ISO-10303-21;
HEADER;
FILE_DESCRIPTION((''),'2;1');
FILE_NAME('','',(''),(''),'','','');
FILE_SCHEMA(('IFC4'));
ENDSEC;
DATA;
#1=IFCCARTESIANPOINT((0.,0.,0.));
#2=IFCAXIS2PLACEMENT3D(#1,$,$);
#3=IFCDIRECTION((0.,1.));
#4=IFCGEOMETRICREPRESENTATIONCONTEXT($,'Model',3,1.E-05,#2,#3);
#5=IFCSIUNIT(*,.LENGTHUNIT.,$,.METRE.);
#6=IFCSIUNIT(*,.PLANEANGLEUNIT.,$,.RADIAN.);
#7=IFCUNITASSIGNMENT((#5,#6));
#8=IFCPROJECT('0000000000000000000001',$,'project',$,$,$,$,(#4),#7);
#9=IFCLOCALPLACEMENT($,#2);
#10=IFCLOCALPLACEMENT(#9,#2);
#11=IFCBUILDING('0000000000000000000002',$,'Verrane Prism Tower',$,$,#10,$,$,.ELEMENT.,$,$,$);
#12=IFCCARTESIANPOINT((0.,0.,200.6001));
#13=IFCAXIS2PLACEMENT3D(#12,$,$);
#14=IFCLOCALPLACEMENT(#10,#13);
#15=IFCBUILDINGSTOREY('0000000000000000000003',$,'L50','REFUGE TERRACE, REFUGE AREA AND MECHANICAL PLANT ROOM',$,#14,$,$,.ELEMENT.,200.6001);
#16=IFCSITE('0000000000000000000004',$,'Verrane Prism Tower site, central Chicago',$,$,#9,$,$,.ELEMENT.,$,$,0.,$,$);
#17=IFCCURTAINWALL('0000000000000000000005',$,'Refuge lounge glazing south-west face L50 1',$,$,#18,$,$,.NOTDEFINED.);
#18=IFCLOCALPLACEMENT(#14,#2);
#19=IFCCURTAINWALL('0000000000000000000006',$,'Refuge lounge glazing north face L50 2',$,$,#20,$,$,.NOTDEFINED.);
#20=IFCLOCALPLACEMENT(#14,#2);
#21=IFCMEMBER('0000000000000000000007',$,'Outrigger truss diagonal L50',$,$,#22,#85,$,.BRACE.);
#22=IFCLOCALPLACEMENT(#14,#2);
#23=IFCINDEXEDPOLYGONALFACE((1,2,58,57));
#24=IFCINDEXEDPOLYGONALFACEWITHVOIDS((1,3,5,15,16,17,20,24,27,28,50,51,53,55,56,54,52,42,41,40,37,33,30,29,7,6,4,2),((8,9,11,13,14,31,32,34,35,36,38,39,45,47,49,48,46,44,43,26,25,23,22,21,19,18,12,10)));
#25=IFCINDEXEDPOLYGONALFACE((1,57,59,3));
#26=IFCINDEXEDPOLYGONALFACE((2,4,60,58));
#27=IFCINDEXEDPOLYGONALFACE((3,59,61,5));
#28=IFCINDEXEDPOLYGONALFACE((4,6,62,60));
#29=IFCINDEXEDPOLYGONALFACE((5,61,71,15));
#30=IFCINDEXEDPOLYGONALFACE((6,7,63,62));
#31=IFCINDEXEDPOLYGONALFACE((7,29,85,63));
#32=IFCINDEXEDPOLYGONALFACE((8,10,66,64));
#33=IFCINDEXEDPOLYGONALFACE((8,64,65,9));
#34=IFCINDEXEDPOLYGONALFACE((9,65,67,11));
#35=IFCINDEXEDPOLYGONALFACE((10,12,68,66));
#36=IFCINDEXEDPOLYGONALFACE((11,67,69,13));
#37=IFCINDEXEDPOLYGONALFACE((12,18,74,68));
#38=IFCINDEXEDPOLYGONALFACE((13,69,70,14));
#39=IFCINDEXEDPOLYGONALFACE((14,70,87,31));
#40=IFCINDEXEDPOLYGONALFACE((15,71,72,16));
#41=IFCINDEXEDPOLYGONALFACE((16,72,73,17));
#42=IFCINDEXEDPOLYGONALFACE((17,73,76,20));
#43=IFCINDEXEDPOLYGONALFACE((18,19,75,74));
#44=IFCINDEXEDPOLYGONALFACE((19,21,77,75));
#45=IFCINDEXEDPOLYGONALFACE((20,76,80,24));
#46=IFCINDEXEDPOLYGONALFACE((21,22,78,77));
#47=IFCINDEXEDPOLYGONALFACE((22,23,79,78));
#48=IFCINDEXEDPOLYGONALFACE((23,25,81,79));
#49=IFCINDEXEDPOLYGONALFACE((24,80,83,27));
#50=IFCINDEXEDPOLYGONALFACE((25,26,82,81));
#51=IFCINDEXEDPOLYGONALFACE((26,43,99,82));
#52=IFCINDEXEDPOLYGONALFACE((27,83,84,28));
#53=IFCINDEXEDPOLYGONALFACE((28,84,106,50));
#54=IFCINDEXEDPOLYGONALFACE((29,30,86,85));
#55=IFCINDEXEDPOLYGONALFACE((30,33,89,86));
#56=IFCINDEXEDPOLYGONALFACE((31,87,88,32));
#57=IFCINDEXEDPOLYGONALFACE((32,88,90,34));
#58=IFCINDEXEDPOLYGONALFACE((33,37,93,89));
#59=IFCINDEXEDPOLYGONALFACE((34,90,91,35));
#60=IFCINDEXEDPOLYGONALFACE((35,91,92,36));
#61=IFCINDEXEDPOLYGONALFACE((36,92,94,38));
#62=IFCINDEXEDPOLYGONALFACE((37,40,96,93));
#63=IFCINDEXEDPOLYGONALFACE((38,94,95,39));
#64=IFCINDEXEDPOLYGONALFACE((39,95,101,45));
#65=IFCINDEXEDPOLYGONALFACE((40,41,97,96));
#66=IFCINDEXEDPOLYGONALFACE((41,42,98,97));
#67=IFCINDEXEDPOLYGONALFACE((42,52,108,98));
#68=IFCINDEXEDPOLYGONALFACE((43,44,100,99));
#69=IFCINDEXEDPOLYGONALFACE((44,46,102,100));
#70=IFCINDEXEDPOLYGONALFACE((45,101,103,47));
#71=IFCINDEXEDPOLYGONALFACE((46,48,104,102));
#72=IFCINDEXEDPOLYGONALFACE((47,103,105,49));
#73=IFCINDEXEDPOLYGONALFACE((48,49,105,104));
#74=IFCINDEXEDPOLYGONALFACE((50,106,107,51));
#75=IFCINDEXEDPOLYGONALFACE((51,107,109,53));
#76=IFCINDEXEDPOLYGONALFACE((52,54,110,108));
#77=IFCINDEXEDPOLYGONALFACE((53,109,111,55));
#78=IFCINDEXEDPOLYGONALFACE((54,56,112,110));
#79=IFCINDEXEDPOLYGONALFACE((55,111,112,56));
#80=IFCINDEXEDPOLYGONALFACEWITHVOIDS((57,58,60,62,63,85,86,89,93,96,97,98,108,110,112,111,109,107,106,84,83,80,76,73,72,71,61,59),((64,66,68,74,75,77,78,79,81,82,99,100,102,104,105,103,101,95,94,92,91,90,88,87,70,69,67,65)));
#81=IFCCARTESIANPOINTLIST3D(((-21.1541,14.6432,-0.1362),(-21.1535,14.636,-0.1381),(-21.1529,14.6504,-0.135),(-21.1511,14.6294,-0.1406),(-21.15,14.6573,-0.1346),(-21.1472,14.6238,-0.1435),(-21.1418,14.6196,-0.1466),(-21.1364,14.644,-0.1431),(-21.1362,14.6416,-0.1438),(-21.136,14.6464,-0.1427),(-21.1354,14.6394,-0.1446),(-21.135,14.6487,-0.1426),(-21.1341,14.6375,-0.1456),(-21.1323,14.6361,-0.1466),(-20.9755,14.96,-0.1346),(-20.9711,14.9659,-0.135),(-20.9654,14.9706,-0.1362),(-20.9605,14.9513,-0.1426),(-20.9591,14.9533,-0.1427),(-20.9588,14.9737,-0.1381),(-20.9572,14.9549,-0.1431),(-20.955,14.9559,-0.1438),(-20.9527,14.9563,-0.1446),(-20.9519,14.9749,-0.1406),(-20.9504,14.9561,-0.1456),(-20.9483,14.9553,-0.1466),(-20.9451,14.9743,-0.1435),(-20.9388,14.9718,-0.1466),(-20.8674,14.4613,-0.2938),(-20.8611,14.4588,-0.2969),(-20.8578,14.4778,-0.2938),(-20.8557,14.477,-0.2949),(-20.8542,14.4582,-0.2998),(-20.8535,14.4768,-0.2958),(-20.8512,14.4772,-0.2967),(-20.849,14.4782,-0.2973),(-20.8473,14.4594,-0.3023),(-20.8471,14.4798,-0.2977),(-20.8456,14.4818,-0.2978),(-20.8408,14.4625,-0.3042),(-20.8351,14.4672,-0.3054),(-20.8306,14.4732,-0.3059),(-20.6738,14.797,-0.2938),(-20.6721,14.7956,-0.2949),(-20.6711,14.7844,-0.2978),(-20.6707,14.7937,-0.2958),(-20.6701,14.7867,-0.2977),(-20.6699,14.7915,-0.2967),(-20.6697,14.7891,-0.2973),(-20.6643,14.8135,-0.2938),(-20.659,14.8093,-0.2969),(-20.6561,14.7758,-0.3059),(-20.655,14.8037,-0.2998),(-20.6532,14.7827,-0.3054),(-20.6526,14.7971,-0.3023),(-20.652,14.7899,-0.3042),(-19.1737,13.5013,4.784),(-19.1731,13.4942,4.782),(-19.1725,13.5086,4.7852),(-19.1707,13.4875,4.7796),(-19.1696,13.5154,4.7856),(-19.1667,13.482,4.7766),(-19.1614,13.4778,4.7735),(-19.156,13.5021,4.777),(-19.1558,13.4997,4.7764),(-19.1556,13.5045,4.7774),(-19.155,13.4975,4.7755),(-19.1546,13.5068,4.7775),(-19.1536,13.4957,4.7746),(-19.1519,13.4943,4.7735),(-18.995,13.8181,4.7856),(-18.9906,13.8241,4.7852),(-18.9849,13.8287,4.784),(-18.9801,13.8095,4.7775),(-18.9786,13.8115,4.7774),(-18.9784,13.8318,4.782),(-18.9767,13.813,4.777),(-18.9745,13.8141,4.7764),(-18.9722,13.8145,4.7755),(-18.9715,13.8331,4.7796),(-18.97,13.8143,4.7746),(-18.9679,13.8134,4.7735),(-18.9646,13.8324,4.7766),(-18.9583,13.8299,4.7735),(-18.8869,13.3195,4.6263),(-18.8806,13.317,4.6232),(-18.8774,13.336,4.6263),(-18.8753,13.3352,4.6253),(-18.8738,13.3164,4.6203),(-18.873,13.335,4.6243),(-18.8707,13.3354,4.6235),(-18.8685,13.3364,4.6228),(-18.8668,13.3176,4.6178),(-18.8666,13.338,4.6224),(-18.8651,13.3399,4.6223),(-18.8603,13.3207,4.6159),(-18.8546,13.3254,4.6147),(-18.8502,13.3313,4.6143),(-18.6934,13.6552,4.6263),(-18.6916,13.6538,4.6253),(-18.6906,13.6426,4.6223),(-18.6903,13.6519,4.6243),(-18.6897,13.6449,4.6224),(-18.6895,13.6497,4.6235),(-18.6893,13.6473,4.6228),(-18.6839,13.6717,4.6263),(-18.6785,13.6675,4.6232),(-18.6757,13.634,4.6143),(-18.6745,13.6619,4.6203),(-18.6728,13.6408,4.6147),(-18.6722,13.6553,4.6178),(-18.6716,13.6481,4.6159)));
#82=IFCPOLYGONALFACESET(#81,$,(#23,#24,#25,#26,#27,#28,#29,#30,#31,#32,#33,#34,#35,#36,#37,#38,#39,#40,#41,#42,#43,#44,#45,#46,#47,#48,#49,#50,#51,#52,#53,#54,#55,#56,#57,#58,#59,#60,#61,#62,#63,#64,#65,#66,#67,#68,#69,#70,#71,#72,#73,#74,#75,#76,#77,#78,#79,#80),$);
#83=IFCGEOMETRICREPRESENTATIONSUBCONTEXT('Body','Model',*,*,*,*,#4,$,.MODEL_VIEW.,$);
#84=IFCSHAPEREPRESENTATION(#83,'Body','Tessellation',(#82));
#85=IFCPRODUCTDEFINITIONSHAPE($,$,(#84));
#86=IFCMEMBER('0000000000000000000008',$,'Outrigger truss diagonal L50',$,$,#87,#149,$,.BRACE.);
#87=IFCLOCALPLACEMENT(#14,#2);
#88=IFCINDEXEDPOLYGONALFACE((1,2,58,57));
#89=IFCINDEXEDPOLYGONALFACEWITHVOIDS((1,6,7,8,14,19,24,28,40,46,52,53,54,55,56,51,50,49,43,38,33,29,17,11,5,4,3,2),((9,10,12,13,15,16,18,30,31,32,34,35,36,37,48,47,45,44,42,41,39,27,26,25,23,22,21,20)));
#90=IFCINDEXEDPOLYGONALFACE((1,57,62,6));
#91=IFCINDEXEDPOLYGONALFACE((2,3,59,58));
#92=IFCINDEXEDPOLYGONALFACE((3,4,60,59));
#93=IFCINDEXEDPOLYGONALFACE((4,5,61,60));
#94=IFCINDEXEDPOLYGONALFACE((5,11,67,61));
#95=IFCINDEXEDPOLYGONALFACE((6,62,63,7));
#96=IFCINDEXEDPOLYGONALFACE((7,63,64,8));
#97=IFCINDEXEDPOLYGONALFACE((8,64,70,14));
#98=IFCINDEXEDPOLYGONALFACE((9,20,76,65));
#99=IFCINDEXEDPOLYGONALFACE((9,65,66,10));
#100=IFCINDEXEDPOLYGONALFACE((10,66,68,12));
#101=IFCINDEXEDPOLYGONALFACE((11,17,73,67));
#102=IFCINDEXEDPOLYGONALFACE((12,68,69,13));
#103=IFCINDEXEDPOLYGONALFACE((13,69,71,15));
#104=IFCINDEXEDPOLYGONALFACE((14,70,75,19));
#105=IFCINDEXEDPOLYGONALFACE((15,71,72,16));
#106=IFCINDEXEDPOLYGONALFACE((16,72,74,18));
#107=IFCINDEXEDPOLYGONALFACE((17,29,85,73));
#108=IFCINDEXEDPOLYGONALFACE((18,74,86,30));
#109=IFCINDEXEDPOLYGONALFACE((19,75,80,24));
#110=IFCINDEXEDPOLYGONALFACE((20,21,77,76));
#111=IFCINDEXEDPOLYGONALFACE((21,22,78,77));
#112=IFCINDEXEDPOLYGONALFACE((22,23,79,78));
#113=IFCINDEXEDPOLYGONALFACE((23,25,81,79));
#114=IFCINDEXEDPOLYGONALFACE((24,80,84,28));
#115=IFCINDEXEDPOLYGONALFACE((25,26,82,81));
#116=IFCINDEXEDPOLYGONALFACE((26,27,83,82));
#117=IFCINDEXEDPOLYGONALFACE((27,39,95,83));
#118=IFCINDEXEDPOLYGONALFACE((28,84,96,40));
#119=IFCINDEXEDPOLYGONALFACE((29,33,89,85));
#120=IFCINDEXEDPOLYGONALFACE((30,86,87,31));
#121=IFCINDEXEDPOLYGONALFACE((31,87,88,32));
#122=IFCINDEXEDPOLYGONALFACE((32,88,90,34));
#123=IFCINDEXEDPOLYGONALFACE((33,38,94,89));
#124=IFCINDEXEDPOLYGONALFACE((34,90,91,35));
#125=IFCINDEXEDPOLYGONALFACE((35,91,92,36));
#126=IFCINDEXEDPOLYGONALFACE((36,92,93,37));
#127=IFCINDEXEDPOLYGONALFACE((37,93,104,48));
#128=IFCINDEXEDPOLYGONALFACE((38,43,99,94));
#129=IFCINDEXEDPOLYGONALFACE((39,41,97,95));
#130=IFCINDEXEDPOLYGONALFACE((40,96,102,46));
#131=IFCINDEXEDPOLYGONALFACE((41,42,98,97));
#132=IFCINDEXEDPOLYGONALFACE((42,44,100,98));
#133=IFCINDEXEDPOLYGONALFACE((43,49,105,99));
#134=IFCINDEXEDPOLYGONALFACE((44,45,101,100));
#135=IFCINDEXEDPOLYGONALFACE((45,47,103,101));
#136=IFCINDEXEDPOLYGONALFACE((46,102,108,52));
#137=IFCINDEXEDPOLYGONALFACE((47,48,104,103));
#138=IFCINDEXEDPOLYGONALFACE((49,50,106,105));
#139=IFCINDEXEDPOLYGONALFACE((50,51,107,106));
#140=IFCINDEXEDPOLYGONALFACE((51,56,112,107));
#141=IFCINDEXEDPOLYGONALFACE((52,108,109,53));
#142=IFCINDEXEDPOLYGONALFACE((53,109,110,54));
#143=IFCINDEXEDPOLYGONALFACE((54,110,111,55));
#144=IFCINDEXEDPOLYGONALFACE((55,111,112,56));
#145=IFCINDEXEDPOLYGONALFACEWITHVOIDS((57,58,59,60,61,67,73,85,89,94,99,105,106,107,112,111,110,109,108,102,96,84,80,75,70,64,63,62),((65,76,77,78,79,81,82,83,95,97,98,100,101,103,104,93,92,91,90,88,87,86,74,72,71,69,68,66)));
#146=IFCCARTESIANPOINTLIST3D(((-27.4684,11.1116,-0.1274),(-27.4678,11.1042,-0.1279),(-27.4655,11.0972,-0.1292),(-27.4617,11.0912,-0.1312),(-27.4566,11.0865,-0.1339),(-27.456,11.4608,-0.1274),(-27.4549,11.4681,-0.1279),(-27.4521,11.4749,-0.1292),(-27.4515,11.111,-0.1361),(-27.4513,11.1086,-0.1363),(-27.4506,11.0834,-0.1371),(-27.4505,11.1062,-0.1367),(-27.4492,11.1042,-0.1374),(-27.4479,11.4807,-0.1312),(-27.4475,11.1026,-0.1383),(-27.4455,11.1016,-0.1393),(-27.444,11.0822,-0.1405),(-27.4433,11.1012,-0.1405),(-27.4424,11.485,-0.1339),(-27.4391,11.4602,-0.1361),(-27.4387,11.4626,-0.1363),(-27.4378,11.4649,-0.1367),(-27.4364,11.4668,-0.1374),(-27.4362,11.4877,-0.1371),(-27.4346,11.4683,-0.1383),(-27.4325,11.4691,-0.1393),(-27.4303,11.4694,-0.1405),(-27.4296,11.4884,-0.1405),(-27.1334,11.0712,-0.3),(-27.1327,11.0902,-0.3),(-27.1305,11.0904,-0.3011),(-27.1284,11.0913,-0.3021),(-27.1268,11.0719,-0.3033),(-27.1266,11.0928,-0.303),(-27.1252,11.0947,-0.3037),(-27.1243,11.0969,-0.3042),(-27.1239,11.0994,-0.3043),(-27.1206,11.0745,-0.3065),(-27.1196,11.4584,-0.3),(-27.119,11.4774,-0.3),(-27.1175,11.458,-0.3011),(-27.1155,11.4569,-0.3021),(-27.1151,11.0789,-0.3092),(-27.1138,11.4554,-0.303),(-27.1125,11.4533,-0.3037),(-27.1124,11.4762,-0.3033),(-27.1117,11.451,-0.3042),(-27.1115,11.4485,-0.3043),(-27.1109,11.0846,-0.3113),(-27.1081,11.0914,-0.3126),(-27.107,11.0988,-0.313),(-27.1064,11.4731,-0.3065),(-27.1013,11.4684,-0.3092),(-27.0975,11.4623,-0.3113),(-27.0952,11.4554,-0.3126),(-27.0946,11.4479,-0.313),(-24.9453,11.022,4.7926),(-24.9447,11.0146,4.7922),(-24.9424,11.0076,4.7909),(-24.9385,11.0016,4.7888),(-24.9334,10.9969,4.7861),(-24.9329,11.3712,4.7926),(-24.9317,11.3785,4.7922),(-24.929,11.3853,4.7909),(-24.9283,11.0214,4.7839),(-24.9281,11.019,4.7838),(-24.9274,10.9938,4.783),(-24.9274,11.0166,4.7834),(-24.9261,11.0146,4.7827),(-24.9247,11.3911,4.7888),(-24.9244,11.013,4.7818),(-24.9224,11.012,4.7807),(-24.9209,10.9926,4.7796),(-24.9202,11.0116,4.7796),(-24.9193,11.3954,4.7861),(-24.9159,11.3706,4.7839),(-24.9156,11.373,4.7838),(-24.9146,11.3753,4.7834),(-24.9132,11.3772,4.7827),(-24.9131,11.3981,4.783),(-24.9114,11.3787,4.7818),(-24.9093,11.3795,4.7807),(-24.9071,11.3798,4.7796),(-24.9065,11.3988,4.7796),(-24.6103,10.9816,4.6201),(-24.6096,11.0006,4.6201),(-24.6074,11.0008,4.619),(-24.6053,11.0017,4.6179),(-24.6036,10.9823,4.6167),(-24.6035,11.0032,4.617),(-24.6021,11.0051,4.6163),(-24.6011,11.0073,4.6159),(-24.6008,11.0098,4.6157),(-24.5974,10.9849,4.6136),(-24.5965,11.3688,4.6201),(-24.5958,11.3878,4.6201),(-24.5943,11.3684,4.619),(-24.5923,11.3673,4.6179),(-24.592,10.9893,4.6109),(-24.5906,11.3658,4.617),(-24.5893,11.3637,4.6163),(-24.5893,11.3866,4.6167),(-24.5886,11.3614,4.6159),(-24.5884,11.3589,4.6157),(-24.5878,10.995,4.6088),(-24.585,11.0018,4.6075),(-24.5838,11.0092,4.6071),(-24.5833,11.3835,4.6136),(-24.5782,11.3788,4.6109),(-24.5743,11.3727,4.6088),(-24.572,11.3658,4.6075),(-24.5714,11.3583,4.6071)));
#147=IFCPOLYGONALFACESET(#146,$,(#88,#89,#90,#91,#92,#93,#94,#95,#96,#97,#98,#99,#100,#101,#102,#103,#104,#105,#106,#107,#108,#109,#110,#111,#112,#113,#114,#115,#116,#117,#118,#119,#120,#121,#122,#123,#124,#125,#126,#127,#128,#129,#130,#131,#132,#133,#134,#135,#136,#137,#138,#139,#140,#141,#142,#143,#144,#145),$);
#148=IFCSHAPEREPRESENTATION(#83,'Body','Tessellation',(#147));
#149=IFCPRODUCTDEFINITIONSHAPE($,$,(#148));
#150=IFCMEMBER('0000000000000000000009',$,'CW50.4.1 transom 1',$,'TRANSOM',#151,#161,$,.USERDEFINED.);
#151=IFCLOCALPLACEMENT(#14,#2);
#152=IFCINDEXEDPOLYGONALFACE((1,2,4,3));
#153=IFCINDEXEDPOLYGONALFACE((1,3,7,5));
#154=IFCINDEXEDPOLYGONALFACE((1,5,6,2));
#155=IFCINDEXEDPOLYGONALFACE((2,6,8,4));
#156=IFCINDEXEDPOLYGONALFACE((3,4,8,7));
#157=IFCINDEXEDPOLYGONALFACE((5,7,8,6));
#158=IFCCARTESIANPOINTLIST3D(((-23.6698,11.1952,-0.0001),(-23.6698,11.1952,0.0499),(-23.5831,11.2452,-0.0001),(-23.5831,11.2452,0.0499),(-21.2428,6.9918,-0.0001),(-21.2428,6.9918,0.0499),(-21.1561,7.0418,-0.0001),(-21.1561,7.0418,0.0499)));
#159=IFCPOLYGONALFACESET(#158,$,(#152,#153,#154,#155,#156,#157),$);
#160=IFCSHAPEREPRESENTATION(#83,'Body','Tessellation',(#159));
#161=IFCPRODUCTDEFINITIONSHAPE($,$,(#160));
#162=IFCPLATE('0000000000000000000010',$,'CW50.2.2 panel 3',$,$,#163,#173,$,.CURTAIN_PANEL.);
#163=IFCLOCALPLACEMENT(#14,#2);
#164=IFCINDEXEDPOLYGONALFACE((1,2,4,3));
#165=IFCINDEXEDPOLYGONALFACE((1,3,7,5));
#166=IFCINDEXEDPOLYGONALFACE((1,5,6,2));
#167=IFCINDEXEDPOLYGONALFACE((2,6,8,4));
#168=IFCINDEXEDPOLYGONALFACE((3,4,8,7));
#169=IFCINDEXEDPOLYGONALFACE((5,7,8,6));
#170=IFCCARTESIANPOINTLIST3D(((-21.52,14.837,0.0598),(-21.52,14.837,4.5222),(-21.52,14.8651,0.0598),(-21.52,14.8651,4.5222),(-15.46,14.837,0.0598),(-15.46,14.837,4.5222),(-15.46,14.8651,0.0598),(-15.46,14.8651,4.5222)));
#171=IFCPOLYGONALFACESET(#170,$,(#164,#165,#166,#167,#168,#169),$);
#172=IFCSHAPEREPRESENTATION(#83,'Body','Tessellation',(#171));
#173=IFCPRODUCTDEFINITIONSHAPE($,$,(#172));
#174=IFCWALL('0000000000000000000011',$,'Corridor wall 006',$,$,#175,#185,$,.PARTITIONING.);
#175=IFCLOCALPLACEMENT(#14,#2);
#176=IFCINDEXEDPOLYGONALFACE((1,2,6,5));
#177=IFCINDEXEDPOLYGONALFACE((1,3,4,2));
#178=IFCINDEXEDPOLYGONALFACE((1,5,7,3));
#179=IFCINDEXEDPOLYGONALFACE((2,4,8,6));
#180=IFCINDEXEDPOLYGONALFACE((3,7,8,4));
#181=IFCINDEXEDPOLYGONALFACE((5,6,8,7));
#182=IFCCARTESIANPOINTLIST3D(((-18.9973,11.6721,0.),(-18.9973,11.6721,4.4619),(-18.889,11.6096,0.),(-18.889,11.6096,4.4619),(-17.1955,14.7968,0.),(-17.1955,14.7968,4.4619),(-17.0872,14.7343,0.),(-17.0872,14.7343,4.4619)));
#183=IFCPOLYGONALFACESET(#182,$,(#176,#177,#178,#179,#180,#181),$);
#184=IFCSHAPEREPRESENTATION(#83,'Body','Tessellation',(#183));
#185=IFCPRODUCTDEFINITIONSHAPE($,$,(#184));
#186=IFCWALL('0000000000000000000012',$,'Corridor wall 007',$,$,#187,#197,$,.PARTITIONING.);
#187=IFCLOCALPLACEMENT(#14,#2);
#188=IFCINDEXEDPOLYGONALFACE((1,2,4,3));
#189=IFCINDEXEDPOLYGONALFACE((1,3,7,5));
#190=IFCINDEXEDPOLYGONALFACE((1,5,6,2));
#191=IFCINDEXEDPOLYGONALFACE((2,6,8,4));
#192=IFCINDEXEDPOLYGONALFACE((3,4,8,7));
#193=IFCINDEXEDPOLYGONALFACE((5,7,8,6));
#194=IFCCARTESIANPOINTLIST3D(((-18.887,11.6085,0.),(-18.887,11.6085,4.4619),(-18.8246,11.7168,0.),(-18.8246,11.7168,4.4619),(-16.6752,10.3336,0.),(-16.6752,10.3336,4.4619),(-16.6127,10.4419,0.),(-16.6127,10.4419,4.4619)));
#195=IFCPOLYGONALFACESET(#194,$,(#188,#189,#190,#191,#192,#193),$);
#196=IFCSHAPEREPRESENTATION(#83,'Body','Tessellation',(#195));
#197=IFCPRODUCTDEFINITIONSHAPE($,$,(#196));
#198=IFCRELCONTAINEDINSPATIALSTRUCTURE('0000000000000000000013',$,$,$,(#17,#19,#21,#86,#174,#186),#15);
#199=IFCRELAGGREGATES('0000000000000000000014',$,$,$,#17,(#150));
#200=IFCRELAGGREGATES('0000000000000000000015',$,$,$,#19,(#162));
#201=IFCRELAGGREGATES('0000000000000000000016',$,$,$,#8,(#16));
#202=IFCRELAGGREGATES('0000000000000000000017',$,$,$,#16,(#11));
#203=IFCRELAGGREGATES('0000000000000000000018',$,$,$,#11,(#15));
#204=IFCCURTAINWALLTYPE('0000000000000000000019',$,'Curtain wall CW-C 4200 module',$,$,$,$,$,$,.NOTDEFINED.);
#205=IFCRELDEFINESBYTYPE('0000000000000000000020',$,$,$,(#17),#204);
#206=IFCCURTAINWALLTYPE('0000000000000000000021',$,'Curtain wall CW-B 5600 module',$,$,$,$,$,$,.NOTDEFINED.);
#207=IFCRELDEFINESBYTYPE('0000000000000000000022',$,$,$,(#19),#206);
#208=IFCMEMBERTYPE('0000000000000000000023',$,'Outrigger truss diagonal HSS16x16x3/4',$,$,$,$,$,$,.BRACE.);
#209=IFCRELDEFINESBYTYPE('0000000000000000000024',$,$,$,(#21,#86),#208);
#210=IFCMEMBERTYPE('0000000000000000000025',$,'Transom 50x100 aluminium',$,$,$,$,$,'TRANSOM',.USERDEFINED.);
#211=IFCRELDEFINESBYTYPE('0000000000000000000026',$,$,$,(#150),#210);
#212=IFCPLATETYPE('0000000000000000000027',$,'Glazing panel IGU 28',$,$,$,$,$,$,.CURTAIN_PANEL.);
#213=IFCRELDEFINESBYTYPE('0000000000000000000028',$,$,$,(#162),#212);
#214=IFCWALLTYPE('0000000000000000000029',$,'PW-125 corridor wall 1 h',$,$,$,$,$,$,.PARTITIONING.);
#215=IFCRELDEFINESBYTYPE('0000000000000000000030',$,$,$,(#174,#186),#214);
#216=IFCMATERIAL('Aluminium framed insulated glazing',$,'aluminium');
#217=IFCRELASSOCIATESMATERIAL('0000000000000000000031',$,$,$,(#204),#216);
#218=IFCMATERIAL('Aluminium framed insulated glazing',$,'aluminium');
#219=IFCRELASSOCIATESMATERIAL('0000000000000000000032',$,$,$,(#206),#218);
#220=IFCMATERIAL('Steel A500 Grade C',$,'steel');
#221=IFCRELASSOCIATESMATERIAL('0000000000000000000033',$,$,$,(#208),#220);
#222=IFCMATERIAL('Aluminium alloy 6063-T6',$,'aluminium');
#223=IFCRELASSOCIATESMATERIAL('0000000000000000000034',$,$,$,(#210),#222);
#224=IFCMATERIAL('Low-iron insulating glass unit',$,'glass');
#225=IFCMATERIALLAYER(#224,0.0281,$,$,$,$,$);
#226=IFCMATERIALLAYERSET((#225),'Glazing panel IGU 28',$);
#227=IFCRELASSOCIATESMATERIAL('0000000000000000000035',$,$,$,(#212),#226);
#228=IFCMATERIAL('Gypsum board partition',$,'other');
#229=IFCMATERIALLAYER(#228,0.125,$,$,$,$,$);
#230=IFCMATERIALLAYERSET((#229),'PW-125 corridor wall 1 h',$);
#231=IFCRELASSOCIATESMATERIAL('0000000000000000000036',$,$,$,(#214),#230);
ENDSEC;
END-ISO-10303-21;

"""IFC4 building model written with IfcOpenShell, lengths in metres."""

from ifc_helpers import new_model, si_unit, direction, frame, frame_2d, origin, origin_2d, place, context, subcontext, project, spatial, rectangle, hollow_rectangle, extrude, material, layer, layer_set, material_profile, profile_set, type_object, element, aggregate, save


model = new_model("IFC4")

# Units and contexts
model_context = context("Model", 3, precision=1e-05, world=origin(), true_north=direction((0.0, 1.0)))
body_context = subcontext(model_context, "Body", "Model", "MODEL_VIEW")
ifc_project = project(units=[si_unit("LENGTHUNIT", "METRE"), si_unit("PLANEANGLEUNIT", "RADIAN")], contexts=[model_context])

# Site, building, storey
site_placement = place(None, origin())
site = spatial("IfcSite", under=ifc_project, at=site_placement, Name="Verrane Prism Tower site, central Chicago", CompositionType="ELEMENT", RefElevation=0.0)
building_placement = place(site_placement, origin())
building = spatial("IfcBuilding", under=site, at=building_placement, Name="Verrane Prism Tower", CompositionType="ELEMENT")
storey_placement = place(building_placement, frame((0.0, 0.0, 200.6001)))
storey = spatial("IfcBuildingStorey", under=building, at=storey_placement, Name="L50", Description="REFUGE TERRACE, REFUGE AREA AND MECHANICAL PLANT ROOM", CompositionType="ELEMENT", Elevation=200.6001)

# Curtain walls
ifc_material_1 = material(Name="Aluminium framed insulated glazing", Category="aluminium")
curtain_wall_type_1 = type_object("IfcCurtainWallType", Name="Curtain wall CW-C 4200 module", PredefinedType="NOTDEFINED", material=ifc_material_1)
curtain_wall_1_placement = place(storey_placement, origin())
curtain_wall_1 = element("IfcCurtainWall", 1, at=curtain_wall_1_placement, inside=storey, type_object=curtain_wall_type_1, Name="Refuge lounge glazing south-west face L50 1", PredefinedType="NOTDEFINED")
ifc_material_2 = material(Name="Aluminium framed insulated glazing", Category="aluminium")
curtain_wall_type_2 = type_object("IfcCurtainWallType", Name="Curtain wall CW-B 5600 module", PredefinedType="NOTDEFINED", material=ifc_material_2)
curtain_wall_2_placement = place(storey_placement, origin())
curtain_wall_2 = element("IfcCurtainWall", 2, at=curtain_wall_2_placement, inside=storey, type_object=curtain_wall_type_2, Name="Refuge lounge glazing north face L50 2", PredefinedType="NOTDEFINED")

# Members
ifc_material_3 = material(Name="Steel A500 Grade C", Category="steel")
ifc_material_profile_1 = material_profile(ifc_material_3, hollow_rectangle(XDim=0.4065, YDim=0.4065, WallThickness=0.019, InnerFilletRadius=0.0095, OuterFilletRadius=0.0286, at=origin_2d()), Name="HSS16x16x3/4")
ifc_profile_set_1 = profile_set([ifc_material_profile_1], Name="Steel A500 Grade C")
member_type_1 = type_object("IfcMemberType", Name="Outrigger truss diagonal HSS16x16x3/4", PredefinedType="BRACE", material=ifc_profile_set_1)
member_1_placement = place(storey_placement, frame((-20.9031, 14.7166, -0.2202), z_axis=(0.365042, -0.210466, 0.906889), x_axis=(0.499482, 0.866324, 0.0)))
element("IfcMember", 3, at=member_1_placement, inside=storey, type_object=member_type_1, Name="Outrigger truss diagonal L50", PredefinedType="BRACE", context=body_context, shape_type="SweptSolid", body=[
    extrude(hollow_rectangle(XDim=0.4065, YDim=0.4065, WallThickness=0.019, InnerFilletRadius=0.0095, OuterFilletRadius=0.0286, at=origin_2d()), origin(), (0.0, 0.0, 1.0), 5.4253),
])
member_2_placement = place(storey_placement, frame((-27.2815, 11.2798, -0.2202), z_axis=(0.456261, -0.016202, 0.889698), x_axis=(0.035488, 0.99937, 0.0)))
element("IfcMember", 4, at=member_2_placement, inside=storey, type_object=member_type_1, Name="Outrigger truss diagonal L50", PredefinedType="BRACE", context=body_context, shape_type="SweptSolid", body=[
    extrude(hollow_rectangle(XDim=0.4065, YDim=0.4065, WallThickness=0.019, InnerFilletRadius=0.0095, OuterFilletRadius=0.0286, at=origin_2d()), origin(), (0.0, 0.0, 1.0), 5.53),
])

# Member
ifc_material_4 = material(Name="Aluminium alloy 6063-T6", Category="aluminium")
ifc_material_profile_2 = material_profile(ifc_material_4, rectangle(XDim=0.1001, YDim=0.05, at=origin_2d()), Name="Transom 50x100 aluminium")
ifc_profile_set_2 = profile_set([ifc_material_profile_2], Name="Aluminium alloy 6063-T6")
member_type_2 = type_object("IfcMemberType", Name="Transom 50x100 aluminium", ElementType="TRANSOM", PredefinedType="USERDEFINED", material=ifc_profile_set_2)
member_3_placement = place(storey_placement, frame((-23.6265, 11.2202, 0.0249), z_axis=(0.500029, -0.866009, 0.0), x_axis=(0.866009, 0.500029, 0.0)))
member_3 = element("IfcMember", 5, at=member_3_placement, type_object=member_type_2, Name="CW50.4.1 transom 1", ObjectType="TRANSOM", PredefinedType="USERDEFINED", context=body_context, shape_type="SweptSolid", body=[
    extrude(rectangle(XDim=0.1001, YDim=0.05, at=origin_2d()), origin(), (0.0, 0.0, 1.0), 4.8538),
])
aggregate(curtain_wall_1, [member_3])

# Plate
ifc_material_5 = material(Name="Low-iron insulating glass unit", Category="glass")
ifc_layer_1 = layer(ifc_material_5, 0.0281)
ifc_layer_set_1 = layer_set([ifc_layer_1], Name="Glazing panel IGU 28")
plate_type = type_object("IfcPlateType", Name="Glazing panel IGU 28", PredefinedType="CURTAIN_PANEL", material=ifc_layer_set_1)
plate_placement = place(storey_placement, frame((-18.49, 14.8511, 0.0598), z_axis=(0.0, 0.0, 1.0), x_axis=(-1.0, 0.0, 0.0)))
plate = element("IfcPlate", 6, at=plate_placement, type_object=plate_type, Name="CW50.2.2 panel 3", PredefinedType="CURTAIN_PANEL", context=body_context, shape_type="SweptSolid", body=[
    extrude(rectangle(XDim=6.0601, YDim=0.0281, at=origin_2d()), origin(), (0.0, 0.0, 1.0), 4.4624),
])
aggregate(curtain_wall_2, [plate])

# Walls
ifc_material_6 = material(Name="Gypsum board partition", Category="other")
ifc_layer_2 = layer(ifc_material_6, 0.125)
ifc_layer_set_2 = layer_set([ifc_layer_2], Name="PW-125 corridor wall 1 h")
wall_type_1 = type_object("IfcWallType", Name="PW-125 corridor wall 1 h", PredefinedType="PARTITIONING", material=ifc_layer_set_2)
wall_1_placement = place(storey_placement, frame((-18.9431, 11.6409, 0.0), z_axis=(0.0, 0.0, 1.0), x_axis=(0.499517, 0.866304, 0.0)))
element("IfcWall", 7, at=wall_1_placement, inside=storey, type_object=wall_type_1, Name="Corridor wall 006", PredefinedType="PARTITIONING", context=body_context, shape_type="SweptSolid", body=[
    extrude(rectangle(XDim=3.6069, YDim=0.125, at=frame_2d((1.8035, 0.0))), origin(), (0.0, 0.0, 1.0), 4.4619),
])
wall_2_placement = place(storey_placement, frame((-18.8557, 11.6626, 0.0), z_axis=(0.0, 0.0, 1.0), x_axis=(0.866389, -0.499369, 0.0)))
element("IfcWall", 8, at=wall_2_placement, inside=storey, type_object=wall_type_1, Name="Corridor wall 007", PredefinedType="PARTITIONING", context=body_context, shape_type="SweptSolid", body=[
    extrude(rectangle(XDim=2.553, YDim=0.125, at=frame_2d((1.2764, 0.0))), origin(), (0.0, 0.0, 1.0), 4.4619),
])

save(model, "model.ifc")
